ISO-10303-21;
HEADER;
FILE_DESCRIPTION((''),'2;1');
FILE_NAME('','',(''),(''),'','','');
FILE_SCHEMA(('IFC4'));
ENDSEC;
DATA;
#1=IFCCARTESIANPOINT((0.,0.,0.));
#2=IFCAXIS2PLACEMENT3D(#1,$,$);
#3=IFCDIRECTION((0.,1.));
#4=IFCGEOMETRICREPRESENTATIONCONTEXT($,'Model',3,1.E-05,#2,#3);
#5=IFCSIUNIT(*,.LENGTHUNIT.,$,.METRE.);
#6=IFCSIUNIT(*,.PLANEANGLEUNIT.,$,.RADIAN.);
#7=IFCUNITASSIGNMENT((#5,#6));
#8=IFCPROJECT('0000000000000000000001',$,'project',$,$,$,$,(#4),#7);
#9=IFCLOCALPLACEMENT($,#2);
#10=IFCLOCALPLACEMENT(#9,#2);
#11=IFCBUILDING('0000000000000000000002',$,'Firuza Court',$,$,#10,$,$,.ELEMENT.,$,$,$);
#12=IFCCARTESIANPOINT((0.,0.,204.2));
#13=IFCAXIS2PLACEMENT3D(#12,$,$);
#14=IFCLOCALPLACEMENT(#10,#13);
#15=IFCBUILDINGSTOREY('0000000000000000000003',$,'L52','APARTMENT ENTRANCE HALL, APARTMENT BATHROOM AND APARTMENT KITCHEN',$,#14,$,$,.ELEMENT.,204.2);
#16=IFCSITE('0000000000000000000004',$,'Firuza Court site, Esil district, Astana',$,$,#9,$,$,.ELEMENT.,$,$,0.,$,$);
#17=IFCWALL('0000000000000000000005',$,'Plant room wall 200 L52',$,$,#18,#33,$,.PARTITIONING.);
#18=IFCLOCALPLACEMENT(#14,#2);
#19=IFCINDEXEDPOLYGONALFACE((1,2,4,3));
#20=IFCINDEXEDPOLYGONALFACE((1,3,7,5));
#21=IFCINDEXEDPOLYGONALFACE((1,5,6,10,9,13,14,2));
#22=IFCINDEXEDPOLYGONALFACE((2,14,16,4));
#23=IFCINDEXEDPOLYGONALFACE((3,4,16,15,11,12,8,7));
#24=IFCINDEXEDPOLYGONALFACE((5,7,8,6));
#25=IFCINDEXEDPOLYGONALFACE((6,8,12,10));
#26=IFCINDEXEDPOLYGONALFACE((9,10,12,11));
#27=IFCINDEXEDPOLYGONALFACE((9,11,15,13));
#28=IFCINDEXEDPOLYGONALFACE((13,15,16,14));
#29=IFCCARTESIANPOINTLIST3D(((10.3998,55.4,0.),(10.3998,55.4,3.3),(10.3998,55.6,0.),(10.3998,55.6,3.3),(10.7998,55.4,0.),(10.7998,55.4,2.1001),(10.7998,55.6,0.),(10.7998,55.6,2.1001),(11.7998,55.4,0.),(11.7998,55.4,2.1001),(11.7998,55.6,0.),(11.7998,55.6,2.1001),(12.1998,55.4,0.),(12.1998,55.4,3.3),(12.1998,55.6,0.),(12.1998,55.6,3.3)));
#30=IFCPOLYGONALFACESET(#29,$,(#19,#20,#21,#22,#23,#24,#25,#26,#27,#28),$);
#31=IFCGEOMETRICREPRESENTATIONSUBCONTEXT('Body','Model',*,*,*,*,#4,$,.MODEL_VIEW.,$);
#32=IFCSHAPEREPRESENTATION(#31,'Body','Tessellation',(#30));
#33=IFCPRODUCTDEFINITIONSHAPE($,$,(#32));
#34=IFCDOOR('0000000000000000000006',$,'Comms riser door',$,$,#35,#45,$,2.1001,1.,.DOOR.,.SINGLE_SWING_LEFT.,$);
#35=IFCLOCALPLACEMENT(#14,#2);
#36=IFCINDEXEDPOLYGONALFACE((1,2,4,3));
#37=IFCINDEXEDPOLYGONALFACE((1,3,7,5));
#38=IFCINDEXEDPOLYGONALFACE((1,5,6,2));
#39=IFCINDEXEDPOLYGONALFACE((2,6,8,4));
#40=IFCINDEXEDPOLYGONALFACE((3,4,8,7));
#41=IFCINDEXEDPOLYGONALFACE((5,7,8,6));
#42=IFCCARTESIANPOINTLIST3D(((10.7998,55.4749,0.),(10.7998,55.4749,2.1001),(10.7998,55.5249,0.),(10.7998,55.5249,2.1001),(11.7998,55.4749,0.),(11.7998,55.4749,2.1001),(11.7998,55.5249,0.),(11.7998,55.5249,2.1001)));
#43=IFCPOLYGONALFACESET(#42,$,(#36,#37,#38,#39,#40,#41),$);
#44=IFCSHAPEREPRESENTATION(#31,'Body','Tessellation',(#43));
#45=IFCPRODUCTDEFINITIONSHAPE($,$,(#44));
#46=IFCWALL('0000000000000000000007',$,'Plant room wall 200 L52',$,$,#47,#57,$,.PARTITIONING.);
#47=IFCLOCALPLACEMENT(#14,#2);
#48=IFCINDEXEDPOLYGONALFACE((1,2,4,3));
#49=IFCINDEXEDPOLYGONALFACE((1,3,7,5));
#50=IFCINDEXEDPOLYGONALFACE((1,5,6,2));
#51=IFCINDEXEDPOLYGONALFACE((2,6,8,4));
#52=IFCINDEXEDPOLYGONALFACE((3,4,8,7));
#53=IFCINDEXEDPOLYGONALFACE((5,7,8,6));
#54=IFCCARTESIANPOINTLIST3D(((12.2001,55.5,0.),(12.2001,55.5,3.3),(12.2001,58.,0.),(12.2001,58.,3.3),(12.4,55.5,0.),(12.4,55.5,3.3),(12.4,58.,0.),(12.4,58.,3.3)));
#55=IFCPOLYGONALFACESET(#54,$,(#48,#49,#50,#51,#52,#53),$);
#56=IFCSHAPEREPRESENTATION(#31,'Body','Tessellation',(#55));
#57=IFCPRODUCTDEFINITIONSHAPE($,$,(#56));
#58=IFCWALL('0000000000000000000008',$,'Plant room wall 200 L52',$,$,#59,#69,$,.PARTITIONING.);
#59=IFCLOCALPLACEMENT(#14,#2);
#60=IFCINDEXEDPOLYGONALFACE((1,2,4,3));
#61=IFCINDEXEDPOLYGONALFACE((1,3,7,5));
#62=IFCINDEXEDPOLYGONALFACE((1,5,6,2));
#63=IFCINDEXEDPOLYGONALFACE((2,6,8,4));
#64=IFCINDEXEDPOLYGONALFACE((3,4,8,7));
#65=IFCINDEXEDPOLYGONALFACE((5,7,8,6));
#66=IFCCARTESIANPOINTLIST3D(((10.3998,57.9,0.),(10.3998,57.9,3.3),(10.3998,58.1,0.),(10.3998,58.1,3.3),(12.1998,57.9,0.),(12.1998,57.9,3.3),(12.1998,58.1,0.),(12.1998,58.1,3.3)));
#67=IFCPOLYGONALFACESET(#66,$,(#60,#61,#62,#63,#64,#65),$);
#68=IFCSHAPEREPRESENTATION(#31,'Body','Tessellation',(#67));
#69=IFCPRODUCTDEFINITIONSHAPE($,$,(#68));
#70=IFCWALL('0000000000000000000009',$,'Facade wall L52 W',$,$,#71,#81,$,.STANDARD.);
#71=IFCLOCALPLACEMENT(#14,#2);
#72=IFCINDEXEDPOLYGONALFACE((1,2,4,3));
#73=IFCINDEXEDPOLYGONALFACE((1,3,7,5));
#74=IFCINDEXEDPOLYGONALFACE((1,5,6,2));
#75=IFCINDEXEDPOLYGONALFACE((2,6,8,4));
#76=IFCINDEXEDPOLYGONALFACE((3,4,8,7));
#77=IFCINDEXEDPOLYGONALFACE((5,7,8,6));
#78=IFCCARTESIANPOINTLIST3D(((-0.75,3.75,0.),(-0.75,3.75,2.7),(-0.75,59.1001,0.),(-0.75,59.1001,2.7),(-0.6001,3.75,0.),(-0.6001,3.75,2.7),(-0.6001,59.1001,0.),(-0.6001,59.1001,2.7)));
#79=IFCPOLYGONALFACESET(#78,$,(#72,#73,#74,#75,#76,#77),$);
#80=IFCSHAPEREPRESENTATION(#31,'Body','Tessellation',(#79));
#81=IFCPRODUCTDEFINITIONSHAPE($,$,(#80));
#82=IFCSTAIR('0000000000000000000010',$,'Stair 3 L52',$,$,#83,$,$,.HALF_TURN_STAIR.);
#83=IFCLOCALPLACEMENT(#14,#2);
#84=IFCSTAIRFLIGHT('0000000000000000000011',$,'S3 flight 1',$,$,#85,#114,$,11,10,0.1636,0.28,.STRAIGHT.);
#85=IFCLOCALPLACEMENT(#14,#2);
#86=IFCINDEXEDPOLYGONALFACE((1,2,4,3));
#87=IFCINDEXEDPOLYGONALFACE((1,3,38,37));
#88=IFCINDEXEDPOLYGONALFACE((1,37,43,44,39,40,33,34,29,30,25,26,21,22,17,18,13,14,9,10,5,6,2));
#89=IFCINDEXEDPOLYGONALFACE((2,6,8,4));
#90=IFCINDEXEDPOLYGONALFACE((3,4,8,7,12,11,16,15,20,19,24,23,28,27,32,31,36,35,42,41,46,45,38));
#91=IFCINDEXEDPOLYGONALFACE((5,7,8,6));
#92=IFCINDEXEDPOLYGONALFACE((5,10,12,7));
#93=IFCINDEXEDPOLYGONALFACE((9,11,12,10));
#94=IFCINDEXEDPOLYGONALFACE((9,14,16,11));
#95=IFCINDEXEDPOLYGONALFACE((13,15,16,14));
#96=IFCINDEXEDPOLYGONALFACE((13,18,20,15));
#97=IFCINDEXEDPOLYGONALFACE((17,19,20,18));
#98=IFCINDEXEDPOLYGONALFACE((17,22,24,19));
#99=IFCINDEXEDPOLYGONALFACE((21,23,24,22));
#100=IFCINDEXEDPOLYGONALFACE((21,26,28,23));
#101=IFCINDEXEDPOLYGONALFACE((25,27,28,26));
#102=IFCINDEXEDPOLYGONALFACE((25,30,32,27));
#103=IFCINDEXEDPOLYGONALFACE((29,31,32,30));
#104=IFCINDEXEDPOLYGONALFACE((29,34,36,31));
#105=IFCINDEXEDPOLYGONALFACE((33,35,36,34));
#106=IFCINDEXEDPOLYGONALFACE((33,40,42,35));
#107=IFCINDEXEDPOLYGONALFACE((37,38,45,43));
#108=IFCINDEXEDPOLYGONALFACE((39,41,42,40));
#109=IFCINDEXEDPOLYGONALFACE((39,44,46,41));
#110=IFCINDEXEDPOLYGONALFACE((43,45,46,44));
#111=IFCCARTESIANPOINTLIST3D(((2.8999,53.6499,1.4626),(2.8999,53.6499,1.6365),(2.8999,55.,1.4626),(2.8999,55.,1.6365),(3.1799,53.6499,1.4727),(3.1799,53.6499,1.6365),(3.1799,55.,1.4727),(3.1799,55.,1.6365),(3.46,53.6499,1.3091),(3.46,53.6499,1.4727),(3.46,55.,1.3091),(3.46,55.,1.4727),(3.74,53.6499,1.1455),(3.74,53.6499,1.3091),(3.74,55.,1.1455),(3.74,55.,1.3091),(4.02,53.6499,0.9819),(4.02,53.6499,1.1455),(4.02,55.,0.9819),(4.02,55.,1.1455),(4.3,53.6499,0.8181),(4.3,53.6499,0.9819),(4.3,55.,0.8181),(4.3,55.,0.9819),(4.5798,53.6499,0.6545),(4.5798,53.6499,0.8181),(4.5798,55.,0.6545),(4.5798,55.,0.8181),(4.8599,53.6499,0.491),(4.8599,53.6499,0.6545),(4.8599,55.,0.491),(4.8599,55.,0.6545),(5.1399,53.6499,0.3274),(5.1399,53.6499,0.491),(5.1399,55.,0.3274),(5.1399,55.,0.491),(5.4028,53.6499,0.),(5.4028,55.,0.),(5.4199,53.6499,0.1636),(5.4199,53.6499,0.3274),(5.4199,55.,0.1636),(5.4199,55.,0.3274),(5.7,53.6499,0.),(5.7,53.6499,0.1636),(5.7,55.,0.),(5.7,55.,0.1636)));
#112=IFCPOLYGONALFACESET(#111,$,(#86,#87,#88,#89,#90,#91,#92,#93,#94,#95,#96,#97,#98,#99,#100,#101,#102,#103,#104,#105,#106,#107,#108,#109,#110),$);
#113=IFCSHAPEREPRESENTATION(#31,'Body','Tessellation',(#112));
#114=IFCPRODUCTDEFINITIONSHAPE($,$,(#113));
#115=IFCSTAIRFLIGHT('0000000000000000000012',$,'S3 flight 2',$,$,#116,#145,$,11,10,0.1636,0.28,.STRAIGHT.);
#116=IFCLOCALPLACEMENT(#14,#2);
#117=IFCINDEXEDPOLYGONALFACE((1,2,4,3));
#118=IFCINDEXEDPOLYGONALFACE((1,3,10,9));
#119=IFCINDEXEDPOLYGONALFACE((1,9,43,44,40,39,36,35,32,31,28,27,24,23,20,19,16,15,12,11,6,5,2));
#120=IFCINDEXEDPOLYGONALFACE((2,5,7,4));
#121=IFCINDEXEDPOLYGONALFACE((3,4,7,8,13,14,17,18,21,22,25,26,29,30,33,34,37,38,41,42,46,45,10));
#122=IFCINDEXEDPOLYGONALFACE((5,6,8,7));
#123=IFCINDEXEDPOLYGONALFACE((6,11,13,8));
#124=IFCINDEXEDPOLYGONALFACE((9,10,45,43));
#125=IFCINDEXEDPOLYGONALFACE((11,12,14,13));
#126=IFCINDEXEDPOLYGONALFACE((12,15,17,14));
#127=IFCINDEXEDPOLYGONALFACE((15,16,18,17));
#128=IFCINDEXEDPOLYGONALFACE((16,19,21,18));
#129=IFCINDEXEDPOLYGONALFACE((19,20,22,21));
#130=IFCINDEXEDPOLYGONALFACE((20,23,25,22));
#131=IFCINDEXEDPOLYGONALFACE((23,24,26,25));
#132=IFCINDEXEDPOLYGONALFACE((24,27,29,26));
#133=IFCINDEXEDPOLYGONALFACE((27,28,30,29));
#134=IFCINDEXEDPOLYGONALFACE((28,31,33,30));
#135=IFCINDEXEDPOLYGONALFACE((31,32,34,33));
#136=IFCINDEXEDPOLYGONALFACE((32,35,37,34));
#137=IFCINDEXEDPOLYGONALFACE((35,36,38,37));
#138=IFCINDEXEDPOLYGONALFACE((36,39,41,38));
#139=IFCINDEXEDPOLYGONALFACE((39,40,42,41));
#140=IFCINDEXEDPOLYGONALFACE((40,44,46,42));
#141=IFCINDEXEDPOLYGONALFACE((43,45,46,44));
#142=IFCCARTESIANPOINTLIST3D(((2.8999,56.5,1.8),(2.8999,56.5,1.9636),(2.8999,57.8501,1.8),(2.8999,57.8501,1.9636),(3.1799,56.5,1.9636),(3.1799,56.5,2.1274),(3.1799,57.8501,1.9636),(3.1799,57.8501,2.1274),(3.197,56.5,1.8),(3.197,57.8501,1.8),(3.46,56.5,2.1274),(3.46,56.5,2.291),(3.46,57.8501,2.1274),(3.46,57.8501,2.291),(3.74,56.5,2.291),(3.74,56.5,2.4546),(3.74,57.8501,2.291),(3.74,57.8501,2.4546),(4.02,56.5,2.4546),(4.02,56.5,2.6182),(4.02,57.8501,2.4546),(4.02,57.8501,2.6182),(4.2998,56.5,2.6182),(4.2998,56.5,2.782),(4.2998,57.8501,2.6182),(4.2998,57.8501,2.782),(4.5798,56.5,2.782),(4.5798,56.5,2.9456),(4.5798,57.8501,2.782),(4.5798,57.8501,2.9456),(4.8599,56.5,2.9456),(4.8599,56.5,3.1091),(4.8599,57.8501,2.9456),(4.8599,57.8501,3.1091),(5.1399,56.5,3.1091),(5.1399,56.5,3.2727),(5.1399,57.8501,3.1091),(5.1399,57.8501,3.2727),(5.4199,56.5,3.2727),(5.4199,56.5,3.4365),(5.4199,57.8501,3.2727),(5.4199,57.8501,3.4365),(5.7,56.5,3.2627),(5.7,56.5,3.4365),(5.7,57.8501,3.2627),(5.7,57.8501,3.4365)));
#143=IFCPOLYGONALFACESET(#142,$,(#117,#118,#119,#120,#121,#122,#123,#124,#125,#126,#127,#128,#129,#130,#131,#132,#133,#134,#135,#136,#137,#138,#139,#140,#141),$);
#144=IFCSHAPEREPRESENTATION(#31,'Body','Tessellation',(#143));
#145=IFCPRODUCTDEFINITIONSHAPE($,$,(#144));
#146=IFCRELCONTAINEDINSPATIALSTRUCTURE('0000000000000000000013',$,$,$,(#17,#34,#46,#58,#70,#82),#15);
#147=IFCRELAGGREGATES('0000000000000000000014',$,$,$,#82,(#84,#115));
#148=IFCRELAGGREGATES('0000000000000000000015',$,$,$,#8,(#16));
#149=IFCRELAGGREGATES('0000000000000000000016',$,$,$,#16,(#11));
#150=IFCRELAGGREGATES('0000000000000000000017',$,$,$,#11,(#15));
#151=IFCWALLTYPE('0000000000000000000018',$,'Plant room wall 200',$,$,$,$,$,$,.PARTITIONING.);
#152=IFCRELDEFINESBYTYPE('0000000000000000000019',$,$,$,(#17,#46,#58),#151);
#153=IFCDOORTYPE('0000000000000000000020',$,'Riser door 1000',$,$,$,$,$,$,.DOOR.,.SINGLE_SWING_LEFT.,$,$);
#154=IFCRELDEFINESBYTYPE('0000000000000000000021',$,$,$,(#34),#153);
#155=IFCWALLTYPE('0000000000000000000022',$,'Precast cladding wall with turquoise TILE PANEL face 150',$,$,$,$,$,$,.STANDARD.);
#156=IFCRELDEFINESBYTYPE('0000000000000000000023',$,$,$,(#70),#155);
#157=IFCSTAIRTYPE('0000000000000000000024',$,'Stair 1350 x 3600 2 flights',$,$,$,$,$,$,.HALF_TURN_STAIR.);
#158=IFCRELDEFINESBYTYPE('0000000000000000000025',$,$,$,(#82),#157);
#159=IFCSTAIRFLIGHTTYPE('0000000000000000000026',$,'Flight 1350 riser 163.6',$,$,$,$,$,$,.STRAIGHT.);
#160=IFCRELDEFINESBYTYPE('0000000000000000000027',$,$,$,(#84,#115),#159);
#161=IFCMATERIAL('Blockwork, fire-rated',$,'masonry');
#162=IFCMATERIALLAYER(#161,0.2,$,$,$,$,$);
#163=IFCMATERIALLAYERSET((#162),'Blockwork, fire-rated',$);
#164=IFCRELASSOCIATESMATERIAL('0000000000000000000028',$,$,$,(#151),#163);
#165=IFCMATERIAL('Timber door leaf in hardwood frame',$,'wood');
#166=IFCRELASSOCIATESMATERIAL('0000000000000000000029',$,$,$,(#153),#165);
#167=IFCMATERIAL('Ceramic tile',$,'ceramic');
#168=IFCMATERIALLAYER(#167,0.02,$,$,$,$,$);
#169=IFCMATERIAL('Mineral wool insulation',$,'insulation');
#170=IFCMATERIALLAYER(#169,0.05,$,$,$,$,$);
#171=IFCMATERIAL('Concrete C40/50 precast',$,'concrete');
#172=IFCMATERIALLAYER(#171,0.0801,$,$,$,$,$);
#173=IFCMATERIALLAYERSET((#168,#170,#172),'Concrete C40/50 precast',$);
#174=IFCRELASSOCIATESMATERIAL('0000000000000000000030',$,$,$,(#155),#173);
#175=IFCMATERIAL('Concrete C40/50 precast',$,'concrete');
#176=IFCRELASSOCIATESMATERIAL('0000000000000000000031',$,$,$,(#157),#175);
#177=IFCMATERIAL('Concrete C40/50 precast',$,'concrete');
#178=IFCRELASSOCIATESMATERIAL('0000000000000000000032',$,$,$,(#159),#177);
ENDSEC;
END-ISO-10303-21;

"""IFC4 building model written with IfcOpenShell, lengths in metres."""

from ifc_helpers import new_model, si_unit, direction, frame, frame_2d, origin, place, context, subcontext, project, spatial, polyline, rectangle, outline, extrude, material, layer, layer_set, type_object, element, fill, aggregate, save


model = new_model("IFC4")

# Units and contexts
model_context = context("Model", 3, precision=1e-05, world=origin(), true_north=direction((0.0, 1.0)))
body_context = subcontext(model_context, "Body", "Model", "MODEL_VIEW")
ifc_project = project(units=[si_unit("LENGTHUNIT", "METRE"), si_unit("PLANEANGLEUNIT", "RADIAN")], contexts=[model_context])

# Site, building, storey
site_placement = place(None, origin())
site = spatial("IfcSite", under=ifc_project, at=site_placement, Name="Firuza Court site, Esil district, Astana", CompositionType="ELEMENT", RefElevation=0.0)
building_placement = place(site_placement, origin())
building = spatial("IfcBuilding", under=site, at=building_placement, Name="Firuza Court", CompositionType="ELEMENT")
storey_placement = place(building_placement, frame((0.0, 0.0, 204.2)))
storey = spatial("IfcBuildingStorey", under=building, at=storey_placement, Name="L52", Description="APARTMENT ENTRANCE HALL, APARTMENT BATHROOM AND APARTMENT KITCHEN", CompositionType="ELEMENT", Elevation=204.2)

# Shared definitions
ifc_material_1 = material(Name="Blockwork, fire-rated", Category="masonry")
ifc_layer_1 = layer(ifc_material_1, 0.2)
ifc_layer_set_1 = layer_set([ifc_layer_1], Name="Blockwork, fire-rated")
wall_type_1 = type_object("IfcWallType", Name="Plant room wall 200", PredefinedType="PARTITIONING", material=ifc_layer_set_1)

# Wall, opening, door
wall_1_placement = place(storey_placement, frame((10.3999, 55.5, 0.0), z_axis=(0.0, 0.0, 1.0), x_axis=(1.0, 0.0, 0.0)))
wall_1 = element("IfcWall", 1, at=wall_1_placement, inside=storey, type_object=wall_type_1, Name="Plant room wall 200 L52", PredefinedType="PARTITIONING", context=body_context, shape_type="SweptSolid", body=[
    extrude(rectangle(XDim=1.8, YDim=0.2, at=frame_2d((0.8999, 0.0))), origin(), (0.0, 0.0, 1.0), 3.3),
])
opening_placement = place(wall_1_placement, frame((0.3999, 0.0, 0.0)))
opening = element("IfcOpeningElement", 2, at=opening_placement, cuts=wall_1, PredefinedType="OPENING", context=body_context, shape_type="SweptSolid", body=[
    extrude(rectangle(XDim=1.0, YDim=2.1001, at=frame_2d((0.5, 1.05))), frame((0.0, 0.1118, 0.0), z_axis=(0.0, -1.0, 0.0), x_axis=(1.0, 0.0, 0.0)), (0.0, 0.0, 1.0), 0.2239),
])
ifc_material_2 = material(Name="Timber door leaf in hardwood frame", Category="wood")
door_type = type_object("IfcDoorType", Name="Riser door 1000", OperationType="SINGLE_SWING_LEFT", PredefinedType="DOOR", material=ifc_material_2)
door_placement = place(opening_placement, origin())
door = element("IfcDoor", 3, at=door_placement, inside=storey, type_object=door_type, Name="Comms riser door", OperationType="SINGLE_SWING_LEFT", OverallHeight=2.1001, OverallWidth=1.0, PredefinedType="DOOR", context=body_context, shape_type="SweptSolid", body=[
    extrude(rectangle(XDim=1.0, YDim=2.1001, at=frame_2d((0.5, 1.05))), frame((0.0, 0.0249, 0.0), z_axis=(0.0, -1.0, 0.0), x_axis=(1.0, 0.0, 0.0)), (0.0, 0.0, 1.0), 0.05),
])
fill(opening, door)

# Walls
wall_2_placement = place(storey_placement, frame((12.3, 55.5, 0.0), z_axis=(0.0, 0.0, 1.0), x_axis=(0.0, 1.0, 0.0)))
element("IfcWall", 4, at=wall_2_placement, inside=storey, type_object=wall_type_1, Name="Plant room wall 200 L52", PredefinedType="PARTITIONING", context=body_context, shape_type="SweptSolid", body=[
    extrude(rectangle(XDim=2.5, YDim=0.2, at=frame_2d((1.25, 0.0))), origin(), (0.0, 0.0, 1.0), 3.3),
])
wall_3_placement = place(storey_placement, frame((10.3999, 58.0, 0.0), z_axis=(0.0, 0.0, 1.0), x_axis=(1.0, 0.0, 0.0)))
element("IfcWall", 5, at=wall_3_placement, inside=storey, type_object=wall_type_1, Name="Plant room wall 200 L52", PredefinedType="PARTITIONING", context=body_context, shape_type="SweptSolid", body=[
    extrude(rectangle(XDim=1.8, YDim=0.2, at=frame_2d((0.8999, 0.0))), origin(), (0.0, 0.0, 1.0), 3.3),
])
ifc_material_3 = material(Name="Ceramic tile", Category="ceramic")
ifc_layer_2 = layer(ifc_material_3, 0.02)
ifc_material_4 = material(Name="Mineral wool insulation", Category="insulation")
ifc_layer_3 = layer(ifc_material_4, 0.05)
ifc_material_5 = material(Name="Concrete C40/50 precast", Category="concrete")
ifc_layer_4 = layer(ifc_material_5, 0.0801)
ifc_layer_set_2 = layer_set([ifc_layer_2, ifc_layer_3, ifc_layer_4], Name="Concrete C40/50 precast")
wall_type_2 = type_object("IfcWallType", Name="Precast cladding wall with turquoise TILE PANEL face 150", PredefinedType="STANDARD", material=ifc_layer_set_2)
wall_4_placement = place(storey_placement, frame((-0.675, 59.1001, 0.0), z_axis=(0.0, 0.0, 1.0), x_axis=(0.0, -1.0, 0.0)))
element("IfcWall", 6, at=wall_4_placement, inside=storey, type_object=wall_type_2, Name="Facade wall L52 W", PredefinedType="STANDARD", context=body_context, shape_type="SweptSolid", body=[
    extrude(rectangle(XDim=55.3501, YDim=0.1499, at=frame_2d((27.675, 0.0))), origin(), (0.0, 0.0, 1.0), 2.7),
])

# Stair, stair flights
ifc_material_6 = material(Name="Concrete C40/50 precast", Category="concrete")
stair_type = type_object("IfcStairType", Name="Stair 1350 x 3600 2 flights", PredefinedType="HALF_TURN_STAIR", material=ifc_material_6)
stair_placement = place(storey_placement, origin())
stair = element("IfcStair", 7, at=stair_placement, inside=storey, type_object=stair_type, Name="Stair 3 L52", PredefinedType="HALF_TURN_STAIR")
ifc_material_7 = material(Name="Concrete C40/50 precast", Category="concrete")
stair_flight_type = type_object("IfcStairFlightType", Name="Flight 1350 riser 163.6", PredefinedType="STRAIGHT", material=ifc_material_7)
stair_flight_1_placement = place(storey_placement, frame((5.7, 54.325, 0.0), z_axis=(0.0, 0.0, 1.0), x_axis=(-1.0, 0.0, 0.0)))
stair_flight_1 = element("IfcStairFlight", 8, at=stair_flight_1_placement, type_object=stair_flight_type, Name="S3 flight 1", NumberOfRisers=11, NumberOfTreads=10, PredefinedType="STRAIGHT", RiserHeight=0.1636, TreadLength=0.28, context=body_context, shape_type="SweptSolid", body=[
    extrude(outline(polyline([(0.0, 0.0), (0.0, 0.1636), (0.28, 0.1636), (0.28, 0.3274), (0.5601, 0.3274), (0.5601, 0.491), (0.8401, 0.491), (0.8401, 0.6545), (1.1201, 0.6545), (1.1201, 0.8181), (1.3999, 0.8181), (1.3999, 0.9819), (1.6799, 0.9819), (1.6799, 1.1455), (1.96, 1.1455), (1.96, 1.3091), (2.24, 1.3091), (2.24, 1.4727), (2.52, 1.4727), (2.52, 1.6365), (2.8, 1.6365), (2.8, 1.8), (2.8, 1.4626), (0.2971, 0.0), (0.0, 0.0)])), frame((0.0, 0.675, 0.0), z_axis=(0.0, -1.0, 0.0), x_axis=(1.0, 0.0, 0.0)), (0.0, 0.0, 1.0), 1.3501),
])
stair_flight_2_placement = place(storey_placement, frame((2.8999, 57.175, 1.8), z_axis=(0.0, 0.0, 1.0), x_axis=(1.0, 0.0, 0.0)))
stair_flight_2 = element("IfcStairFlight", 9, at=stair_flight_2_placement, type_object=stair_flight_type, Name="S3 flight 2", NumberOfRisers=11, NumberOfTreads=10, PredefinedType="STRAIGHT", RiserHeight=0.1636, TreadLength=0.28, context=body_context, shape_type="SweptSolid", body=[
    extrude(outline(polyline([(0.0, 0.0), (0.0, 0.1636), (0.28, 0.1636), (0.28, 0.3274), (0.5601, 0.3274), (0.5601, 0.491), (0.8401, 0.491), (0.8401, 0.6545), (1.1201, 0.6545), (1.1201, 0.8181), (1.3999, 0.8181), (1.3999, 0.9819), (1.6799, 0.9819), (1.6799, 1.1455), (1.96, 1.1455), (1.96, 1.3091), (2.24, 1.3091), (2.24, 1.4727), (2.52, 1.4727), (2.52, 1.6365), (2.8, 1.6365), (2.8, 1.8), (2.8, 1.4626), (0.2971, 0.0), (0.0, 0.0)])), frame((0.0, 0.675, 0.0), z_axis=(0.0, -1.0, 0.0), x_axis=(1.0, 0.0, 0.0)), (0.0, 0.0, 1.0), 1.3501),
])
aggregate(stair, [stair_flight_1, stair_flight_2])

save(model, "model.ifc")
